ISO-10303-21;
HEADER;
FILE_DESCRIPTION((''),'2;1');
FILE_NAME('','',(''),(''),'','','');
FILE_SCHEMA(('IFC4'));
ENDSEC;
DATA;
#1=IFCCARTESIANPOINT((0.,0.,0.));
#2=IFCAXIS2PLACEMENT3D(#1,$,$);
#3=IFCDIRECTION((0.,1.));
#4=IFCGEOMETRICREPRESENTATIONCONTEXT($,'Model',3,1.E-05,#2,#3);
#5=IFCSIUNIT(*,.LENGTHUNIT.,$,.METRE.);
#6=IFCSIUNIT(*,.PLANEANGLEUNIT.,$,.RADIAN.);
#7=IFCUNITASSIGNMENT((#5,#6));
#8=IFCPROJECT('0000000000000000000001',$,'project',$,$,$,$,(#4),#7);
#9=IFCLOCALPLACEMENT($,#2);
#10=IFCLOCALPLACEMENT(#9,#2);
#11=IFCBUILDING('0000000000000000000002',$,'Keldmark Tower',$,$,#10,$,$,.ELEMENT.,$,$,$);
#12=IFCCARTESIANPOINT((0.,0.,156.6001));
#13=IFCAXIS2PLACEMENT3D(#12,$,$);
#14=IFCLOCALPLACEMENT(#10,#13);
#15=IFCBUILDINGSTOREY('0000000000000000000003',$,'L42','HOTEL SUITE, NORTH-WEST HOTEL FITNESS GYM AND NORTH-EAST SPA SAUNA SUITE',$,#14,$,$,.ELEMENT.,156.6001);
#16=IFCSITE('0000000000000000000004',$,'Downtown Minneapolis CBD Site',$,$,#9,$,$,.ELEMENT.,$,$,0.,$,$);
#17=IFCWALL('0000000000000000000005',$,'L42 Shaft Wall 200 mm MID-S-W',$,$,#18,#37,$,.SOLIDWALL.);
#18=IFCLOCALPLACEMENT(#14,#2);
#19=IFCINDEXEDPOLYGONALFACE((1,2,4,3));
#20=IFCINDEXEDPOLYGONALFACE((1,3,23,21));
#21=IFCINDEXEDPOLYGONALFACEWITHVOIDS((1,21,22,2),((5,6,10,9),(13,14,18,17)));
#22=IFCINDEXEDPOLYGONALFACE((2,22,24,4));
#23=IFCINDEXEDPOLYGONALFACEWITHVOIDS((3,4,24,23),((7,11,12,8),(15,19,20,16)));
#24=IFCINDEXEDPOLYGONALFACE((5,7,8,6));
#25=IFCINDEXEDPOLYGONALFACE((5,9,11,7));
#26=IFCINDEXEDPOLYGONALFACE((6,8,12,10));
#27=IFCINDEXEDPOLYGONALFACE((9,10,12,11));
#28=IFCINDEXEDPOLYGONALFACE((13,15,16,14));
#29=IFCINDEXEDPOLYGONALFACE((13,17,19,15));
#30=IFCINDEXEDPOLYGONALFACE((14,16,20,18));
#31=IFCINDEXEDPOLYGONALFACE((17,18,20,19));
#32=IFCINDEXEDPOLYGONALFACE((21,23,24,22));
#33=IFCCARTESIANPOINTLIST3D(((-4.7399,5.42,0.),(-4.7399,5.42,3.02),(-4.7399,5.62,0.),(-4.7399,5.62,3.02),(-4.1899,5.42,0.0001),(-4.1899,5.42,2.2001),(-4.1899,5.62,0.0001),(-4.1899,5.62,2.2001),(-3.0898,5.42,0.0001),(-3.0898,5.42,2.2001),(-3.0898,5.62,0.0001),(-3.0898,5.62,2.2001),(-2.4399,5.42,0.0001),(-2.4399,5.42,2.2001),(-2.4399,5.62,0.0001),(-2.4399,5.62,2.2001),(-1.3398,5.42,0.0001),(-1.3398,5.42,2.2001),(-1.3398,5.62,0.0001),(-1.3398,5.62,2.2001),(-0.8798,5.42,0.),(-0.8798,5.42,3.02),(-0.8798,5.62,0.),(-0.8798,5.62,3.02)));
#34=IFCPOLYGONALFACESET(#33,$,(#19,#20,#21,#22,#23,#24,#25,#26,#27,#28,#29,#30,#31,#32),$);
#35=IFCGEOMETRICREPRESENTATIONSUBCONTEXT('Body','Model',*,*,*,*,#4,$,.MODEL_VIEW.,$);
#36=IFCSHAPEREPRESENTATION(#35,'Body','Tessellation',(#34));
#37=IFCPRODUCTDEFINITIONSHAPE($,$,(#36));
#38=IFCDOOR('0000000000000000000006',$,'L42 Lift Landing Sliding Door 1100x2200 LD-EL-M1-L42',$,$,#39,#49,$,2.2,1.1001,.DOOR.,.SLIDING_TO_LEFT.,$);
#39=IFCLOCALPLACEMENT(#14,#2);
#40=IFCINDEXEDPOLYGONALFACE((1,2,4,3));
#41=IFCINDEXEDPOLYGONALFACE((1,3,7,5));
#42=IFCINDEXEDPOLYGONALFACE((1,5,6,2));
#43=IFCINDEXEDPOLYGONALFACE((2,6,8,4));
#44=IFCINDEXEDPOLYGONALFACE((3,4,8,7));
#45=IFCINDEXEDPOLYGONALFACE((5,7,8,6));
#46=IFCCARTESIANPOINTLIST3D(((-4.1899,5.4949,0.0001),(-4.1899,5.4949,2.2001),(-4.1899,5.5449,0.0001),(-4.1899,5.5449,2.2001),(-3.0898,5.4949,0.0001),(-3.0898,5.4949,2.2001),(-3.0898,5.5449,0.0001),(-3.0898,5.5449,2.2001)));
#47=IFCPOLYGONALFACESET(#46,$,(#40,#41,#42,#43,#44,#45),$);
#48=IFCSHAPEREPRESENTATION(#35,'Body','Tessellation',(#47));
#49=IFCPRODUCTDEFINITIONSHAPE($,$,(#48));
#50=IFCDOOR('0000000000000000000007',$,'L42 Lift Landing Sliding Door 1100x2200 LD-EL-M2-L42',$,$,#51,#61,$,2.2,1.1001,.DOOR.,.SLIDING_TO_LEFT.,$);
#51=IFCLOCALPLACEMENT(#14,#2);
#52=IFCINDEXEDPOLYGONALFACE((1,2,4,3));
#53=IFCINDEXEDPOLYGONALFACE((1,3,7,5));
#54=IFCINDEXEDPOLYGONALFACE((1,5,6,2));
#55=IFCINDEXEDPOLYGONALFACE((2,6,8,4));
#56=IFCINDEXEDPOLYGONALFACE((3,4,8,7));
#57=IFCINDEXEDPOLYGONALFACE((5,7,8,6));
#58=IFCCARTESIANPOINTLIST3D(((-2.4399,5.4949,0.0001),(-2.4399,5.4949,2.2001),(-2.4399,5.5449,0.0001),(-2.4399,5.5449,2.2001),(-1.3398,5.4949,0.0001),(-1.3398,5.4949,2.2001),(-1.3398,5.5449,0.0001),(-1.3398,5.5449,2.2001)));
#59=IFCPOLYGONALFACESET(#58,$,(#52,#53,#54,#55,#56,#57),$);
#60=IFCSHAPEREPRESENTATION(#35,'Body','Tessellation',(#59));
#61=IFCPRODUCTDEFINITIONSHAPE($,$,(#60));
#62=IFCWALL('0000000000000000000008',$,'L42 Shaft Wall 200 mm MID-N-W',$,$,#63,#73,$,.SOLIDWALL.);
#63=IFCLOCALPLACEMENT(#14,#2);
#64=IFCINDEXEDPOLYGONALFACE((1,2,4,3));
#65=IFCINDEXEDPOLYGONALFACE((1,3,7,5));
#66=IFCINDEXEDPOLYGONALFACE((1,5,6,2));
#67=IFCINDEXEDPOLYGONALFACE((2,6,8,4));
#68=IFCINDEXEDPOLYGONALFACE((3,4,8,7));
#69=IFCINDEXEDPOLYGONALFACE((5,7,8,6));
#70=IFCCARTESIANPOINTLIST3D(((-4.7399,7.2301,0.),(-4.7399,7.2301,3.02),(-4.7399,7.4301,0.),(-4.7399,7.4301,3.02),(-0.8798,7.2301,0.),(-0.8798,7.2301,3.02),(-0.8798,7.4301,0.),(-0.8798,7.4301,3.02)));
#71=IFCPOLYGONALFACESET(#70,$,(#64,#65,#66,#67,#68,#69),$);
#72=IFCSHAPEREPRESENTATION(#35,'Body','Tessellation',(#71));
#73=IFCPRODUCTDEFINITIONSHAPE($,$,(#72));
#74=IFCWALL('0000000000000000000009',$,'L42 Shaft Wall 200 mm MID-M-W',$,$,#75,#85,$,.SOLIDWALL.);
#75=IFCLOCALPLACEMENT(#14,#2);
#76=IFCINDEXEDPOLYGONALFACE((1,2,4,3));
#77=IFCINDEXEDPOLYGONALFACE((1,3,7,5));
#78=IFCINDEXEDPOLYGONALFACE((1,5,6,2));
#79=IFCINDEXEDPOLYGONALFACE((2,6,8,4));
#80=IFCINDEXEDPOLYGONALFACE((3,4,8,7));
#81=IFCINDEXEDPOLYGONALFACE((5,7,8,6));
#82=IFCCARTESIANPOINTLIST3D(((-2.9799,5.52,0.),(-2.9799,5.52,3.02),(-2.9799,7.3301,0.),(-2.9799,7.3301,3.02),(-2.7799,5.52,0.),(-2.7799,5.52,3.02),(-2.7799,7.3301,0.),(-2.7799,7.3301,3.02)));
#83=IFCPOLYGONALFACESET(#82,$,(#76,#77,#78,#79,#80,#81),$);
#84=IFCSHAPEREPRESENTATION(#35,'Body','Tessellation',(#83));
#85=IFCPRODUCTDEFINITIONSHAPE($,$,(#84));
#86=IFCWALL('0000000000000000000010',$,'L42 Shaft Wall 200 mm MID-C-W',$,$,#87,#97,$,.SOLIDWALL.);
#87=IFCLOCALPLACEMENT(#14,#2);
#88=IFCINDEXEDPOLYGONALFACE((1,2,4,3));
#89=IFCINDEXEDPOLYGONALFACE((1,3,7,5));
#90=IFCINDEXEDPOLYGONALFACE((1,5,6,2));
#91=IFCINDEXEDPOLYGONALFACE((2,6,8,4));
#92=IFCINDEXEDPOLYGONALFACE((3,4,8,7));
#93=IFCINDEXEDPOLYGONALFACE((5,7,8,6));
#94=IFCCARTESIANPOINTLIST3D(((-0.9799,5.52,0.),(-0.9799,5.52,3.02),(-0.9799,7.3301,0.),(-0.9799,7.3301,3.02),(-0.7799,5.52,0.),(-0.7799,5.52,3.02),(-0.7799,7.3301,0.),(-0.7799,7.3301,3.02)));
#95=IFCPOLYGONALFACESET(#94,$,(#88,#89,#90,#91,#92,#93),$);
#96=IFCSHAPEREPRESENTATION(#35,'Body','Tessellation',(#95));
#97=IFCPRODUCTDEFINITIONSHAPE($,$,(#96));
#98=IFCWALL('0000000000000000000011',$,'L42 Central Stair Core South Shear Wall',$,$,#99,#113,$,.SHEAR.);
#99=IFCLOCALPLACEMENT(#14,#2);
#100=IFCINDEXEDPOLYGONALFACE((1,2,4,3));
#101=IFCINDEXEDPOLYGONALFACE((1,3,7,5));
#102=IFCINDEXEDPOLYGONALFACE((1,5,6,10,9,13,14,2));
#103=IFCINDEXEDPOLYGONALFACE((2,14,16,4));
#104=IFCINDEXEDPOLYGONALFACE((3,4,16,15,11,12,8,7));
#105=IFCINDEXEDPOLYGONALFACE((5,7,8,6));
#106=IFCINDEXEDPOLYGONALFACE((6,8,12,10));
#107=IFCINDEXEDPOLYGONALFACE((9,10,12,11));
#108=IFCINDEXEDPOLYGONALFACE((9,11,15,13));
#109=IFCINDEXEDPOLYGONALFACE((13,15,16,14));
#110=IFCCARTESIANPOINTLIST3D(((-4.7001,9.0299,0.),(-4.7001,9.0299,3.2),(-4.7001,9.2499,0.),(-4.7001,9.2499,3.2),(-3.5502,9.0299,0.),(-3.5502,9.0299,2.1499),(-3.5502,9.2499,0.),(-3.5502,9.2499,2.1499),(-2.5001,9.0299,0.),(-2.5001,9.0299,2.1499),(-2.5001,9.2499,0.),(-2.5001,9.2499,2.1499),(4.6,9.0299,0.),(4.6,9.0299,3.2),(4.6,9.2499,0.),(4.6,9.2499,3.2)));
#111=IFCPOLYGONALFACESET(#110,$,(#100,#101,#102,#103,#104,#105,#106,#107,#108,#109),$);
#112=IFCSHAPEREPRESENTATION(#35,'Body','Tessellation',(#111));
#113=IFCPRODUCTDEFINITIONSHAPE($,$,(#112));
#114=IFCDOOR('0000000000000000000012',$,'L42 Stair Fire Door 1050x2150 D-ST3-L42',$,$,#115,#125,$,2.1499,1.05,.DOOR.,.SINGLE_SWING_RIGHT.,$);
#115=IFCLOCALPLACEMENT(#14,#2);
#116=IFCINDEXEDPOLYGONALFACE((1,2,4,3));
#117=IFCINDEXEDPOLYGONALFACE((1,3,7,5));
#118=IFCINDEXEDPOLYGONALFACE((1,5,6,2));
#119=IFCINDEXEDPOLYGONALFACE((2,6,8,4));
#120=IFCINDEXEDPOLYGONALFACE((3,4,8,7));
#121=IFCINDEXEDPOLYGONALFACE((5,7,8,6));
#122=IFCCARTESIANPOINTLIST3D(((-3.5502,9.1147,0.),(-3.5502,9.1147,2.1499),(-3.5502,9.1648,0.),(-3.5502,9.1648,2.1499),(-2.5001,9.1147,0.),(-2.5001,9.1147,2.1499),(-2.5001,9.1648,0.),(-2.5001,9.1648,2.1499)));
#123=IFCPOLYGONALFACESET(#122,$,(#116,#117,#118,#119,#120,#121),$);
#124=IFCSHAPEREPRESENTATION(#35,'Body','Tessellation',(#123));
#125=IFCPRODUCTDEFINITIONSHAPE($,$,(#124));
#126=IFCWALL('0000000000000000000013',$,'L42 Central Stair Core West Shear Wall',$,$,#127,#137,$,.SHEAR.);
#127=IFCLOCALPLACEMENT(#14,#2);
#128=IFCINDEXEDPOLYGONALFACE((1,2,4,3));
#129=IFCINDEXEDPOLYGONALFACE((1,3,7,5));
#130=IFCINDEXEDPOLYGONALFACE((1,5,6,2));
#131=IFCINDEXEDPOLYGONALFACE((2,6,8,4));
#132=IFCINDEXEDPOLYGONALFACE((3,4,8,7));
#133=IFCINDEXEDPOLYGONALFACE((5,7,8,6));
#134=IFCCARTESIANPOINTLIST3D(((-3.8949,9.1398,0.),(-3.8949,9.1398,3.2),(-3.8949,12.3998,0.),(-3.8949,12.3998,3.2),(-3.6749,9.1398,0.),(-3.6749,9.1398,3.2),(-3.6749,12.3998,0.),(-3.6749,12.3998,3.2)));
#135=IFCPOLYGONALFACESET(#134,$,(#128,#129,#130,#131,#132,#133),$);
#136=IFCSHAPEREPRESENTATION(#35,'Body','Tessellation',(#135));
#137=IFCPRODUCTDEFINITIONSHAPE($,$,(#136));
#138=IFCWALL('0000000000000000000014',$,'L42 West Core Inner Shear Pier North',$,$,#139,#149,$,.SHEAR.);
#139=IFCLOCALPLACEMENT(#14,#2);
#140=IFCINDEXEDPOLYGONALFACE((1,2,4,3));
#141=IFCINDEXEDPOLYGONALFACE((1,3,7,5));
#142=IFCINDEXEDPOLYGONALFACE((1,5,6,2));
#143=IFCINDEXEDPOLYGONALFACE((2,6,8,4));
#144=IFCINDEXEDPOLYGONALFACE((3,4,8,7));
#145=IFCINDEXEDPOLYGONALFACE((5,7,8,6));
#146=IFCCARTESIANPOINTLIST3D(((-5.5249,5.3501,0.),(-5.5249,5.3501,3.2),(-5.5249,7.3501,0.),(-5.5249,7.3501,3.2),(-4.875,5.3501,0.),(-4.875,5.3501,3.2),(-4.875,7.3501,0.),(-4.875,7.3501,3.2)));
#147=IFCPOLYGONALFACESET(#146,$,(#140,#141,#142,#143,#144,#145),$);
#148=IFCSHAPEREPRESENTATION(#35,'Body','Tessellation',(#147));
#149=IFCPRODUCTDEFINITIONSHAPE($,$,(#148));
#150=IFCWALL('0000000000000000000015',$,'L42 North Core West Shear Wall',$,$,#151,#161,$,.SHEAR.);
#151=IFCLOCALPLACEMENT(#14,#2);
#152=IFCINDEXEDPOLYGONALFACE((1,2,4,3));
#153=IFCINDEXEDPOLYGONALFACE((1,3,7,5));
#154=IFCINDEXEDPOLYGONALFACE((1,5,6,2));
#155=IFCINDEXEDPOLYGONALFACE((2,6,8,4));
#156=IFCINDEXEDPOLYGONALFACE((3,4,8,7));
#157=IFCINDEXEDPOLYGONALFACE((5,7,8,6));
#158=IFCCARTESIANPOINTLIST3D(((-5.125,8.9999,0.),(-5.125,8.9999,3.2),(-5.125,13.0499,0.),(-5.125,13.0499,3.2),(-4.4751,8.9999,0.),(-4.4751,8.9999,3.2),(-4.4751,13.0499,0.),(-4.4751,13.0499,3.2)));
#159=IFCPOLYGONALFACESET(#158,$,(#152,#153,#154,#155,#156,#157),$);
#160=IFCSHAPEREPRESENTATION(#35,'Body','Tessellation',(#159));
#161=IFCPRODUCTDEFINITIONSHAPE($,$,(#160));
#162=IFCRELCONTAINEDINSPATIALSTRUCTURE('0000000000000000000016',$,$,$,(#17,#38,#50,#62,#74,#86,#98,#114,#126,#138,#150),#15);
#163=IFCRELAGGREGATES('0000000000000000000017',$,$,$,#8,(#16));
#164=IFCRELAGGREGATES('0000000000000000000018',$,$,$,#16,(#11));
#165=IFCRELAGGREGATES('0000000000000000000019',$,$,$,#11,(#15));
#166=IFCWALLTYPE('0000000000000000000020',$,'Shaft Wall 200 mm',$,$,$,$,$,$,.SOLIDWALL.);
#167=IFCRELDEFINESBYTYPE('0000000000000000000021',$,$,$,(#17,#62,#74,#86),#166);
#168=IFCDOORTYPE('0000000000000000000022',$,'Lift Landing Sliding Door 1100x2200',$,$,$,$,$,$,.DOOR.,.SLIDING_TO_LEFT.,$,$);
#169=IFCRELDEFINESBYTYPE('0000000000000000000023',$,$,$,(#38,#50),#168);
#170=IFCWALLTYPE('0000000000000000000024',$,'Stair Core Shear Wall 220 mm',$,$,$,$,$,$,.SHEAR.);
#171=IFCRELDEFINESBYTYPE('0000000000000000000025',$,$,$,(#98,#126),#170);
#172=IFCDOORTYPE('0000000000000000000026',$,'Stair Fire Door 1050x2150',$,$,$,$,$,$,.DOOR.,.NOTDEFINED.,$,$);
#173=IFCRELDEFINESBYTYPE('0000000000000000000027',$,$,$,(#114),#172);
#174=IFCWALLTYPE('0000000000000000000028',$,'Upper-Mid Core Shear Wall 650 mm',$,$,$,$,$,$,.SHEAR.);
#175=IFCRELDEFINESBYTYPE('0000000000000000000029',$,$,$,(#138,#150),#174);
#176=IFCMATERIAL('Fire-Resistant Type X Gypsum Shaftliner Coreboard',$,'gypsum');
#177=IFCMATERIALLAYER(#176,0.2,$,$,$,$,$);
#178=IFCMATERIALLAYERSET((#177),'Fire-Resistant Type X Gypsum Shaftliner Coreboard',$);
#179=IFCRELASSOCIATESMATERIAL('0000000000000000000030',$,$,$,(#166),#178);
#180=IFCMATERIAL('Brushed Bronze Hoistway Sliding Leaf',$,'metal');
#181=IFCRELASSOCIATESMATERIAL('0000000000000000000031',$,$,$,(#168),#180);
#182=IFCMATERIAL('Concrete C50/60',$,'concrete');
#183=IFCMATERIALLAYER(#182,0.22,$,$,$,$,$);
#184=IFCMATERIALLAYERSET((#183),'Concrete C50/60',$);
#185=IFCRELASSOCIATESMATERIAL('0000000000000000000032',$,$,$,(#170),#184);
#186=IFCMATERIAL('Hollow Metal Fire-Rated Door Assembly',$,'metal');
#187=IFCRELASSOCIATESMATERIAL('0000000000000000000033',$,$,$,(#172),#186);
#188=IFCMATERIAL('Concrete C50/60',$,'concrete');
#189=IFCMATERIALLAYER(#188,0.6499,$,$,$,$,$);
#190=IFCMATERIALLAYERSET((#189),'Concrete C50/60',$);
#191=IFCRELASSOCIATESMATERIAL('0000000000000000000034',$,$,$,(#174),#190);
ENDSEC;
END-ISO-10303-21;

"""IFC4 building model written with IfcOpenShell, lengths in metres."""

from ifc_helpers import new_model, si_unit, direction, frame, frame_2d, origin, place, context, subcontext, project, spatial, rectangle, extrude, material, layer, layer_set, type_object, element, fill, save


model = new_model("IFC4")

# Units and contexts
model_context = context("Model", 3, precision=1e-05, world=origin(), true_north=direction((0.0, 1.0)))
body_context = subcontext(model_context, "Body", "Model", "MODEL_VIEW")
ifc_project = project(units=[si_unit("LENGTHUNIT", "METRE"), si_unit("PLANEANGLEUNIT", "RADIAN")], contexts=[model_context])

# Site, building, storey
site_placement = place(None, origin())
site = spatial("IfcSite", under=ifc_project, at=site_placement, Name="Downtown Minneapolis CBD Site", CompositionType="ELEMENT", RefElevation=0.0)
building_placement = place(site_placement, origin())
building = spatial("IfcBuilding", under=site, at=building_placement, Name="Keldmark Tower", CompositionType="ELEMENT")
storey_placement = place(building_placement, frame((0.0, 0.0, 156.6001)))
storey = spatial("IfcBuildingStorey", under=building, at=storey_placement, Name="L42", Description="HOTEL SUITE, NORTH-WEST HOTEL FITNESS GYM AND NORTH-EAST SPA SAUNA SUITE", CompositionType="ELEMENT", Elevation=156.6001)

# Wall, openings, doors
ifc_material_1 = material(Name="Fire-Resistant Type X Gypsum Shaftliner Coreboard", Category="gypsum")
ifc_layer_1 = layer(ifc_material_1, 0.2)
ifc_layer_set_1 = layer_set([ifc_layer_1], Name="Fire-Resistant Type X Gypsum Shaftliner Coreboard")
wall_type_1 = type_object("IfcWallType", Name="Shaft Wall 200 mm", PredefinedType="SOLIDWALL", material=ifc_layer_set_1)
wall_1_placement = place(storey_placement, frame((-4.74, 5.52, 0.0), z_axis=(0.0, 0.0, 1.0), x_axis=(1.0, 0.0, 0.0)))
wall_1 = element("IfcWall", 1, at=wall_1_placement, inside=storey, type_object=wall_type_1, Name="L42 Shaft Wall 200 mm MID-S-W", PredefinedType="SOLIDWALL", context=body_context, shape_type="SweptSolid", body=[
    extrude(rectangle(XDim=3.8601, YDim=0.2, at=frame_2d((1.9302, 0.0))), origin(), (0.0, 0.0, 1.0), 3.02),
])
opening_1_placement = place(wall_1_placement, frame((0.55, 0.0, 0.0)))
opening_1 = element("IfcOpeningElement", 2, at=opening_1_placement, cuts=wall_1, PredefinedType="OPENING", context=body_context, shape_type="SweptSolid", body=[
    extrude(rectangle(XDim=1.1001, YDim=2.2, at=frame_2d((0.55, 1.1001))), frame((0.0, 0.1099, 0.0), z_axis=(0.0, -1.0, 0.0), x_axis=(1.0, 0.0, 0.0)), (0.0, 0.0, 1.0), 0.22),
])
opening_2_placement = place(wall_1_placement, frame((2.3, 0.0, 0.0)))
opening_2 = element("IfcOpeningElement", 3, at=opening_2_placement, cuts=wall_1, PredefinedType="OPENING", context=body_context, shape_type="SweptSolid", body=[
    extrude(rectangle(XDim=1.1001, YDim=2.2, at=frame_2d((0.55, 1.1001))), frame((0.0, 0.1099, 0.0), z_axis=(0.0, -1.0, 0.0), x_axis=(1.0, 0.0, 0.0)), (0.0, 0.0, 1.0), 0.22),
])
ifc_material_2 = material(Name="Brushed Bronze Hoistway Sliding Leaf", Category="metal")
door_type_1 = type_object("IfcDoorType", Name="Lift Landing Sliding Door 1100x2200", OperationType="SLIDING_TO_LEFT", PredefinedType="DOOR", material=ifc_material_2)
door_1_placement = place(opening_1_placement, origin())
door_1 = element("IfcDoor", 4, at=door_1_placement, inside=storey, type_object=door_type_1, Name="L42 Lift Landing Sliding Door 1100x2200 LD-EL-M1-L42", OperationType="SLIDING_TO_LEFT", OverallHeight=2.2, OverallWidth=1.1001, PredefinedType="DOOR", context=body_context, shape_type="SweptSolid", body=[
    extrude(rectangle(XDim=1.1001, YDim=2.2, at=frame_2d((0.55, 1.1001))), frame((0.0, 0.0249, 0.0), z_axis=(0.0, -1.0, 0.0), x_axis=(1.0, 0.0, 0.0)), (0.0, 0.0, 1.0), 0.05),
])
fill(opening_1, door_1)
door_2_placement = place(opening_2_placement, origin())
door_2 = element("IfcDoor", 5, at=door_2_placement, inside=storey, type_object=door_type_1, Name="L42 Lift Landing Sliding Door 1100x2200 LD-EL-M2-L42", OperationType="SLIDING_TO_LEFT", OverallHeight=2.2, OverallWidth=1.1001, PredefinedType="DOOR", context=body_context, shape_type="SweptSolid", body=[
    extrude(rectangle(XDim=1.1001, YDim=2.2, at=frame_2d((0.55, 1.1001))), frame((0.0, 0.0249, 0.0), z_axis=(0.0, -1.0, 0.0), x_axis=(1.0, 0.0, 0.0)), (0.0, 0.0, 1.0), 0.05),
])
fill(opening_2, door_2)

# Walls
wall_2_placement = place(storey_placement, frame((-4.74, 7.3301, 0.0), z_axis=(0.0, 0.0, 1.0), x_axis=(1.0, 0.0, 0.0)))
element("IfcWall", 6, at=wall_2_placement, inside=storey, type_object=wall_type_1, Name="L42 Shaft Wall 200 mm MID-N-W", PredefinedType="SOLIDWALL", context=body_context, shape_type="SweptSolid", body=[
    extrude(rectangle(XDim=3.8601, YDim=0.2, at=frame_2d((1.9302, 0.0))), origin(), (0.0, 0.0, 1.0), 3.02),
])
for number, where, z_axis, x_axis, name in (
    (7, (-2.8799, 5.52, 0.0), (0.0, 0.0, 1.0), (0.0, 1.0, 0.0), "L42 Shaft Wall 200 mm MID-M-W"),
    (8, (-0.8799, 5.52, 0.0), (0.0, 0.0, 1.0), (0.0, 1.0, 0.0), "L42 Shaft Wall 200 mm MID-C-W"),
):
    element("IfcWall", number, at=place(storey_placement, frame(where, z_axis=z_axis, x_axis=x_axis)), inside=storey, type_object=wall_type_1, Name=name, PredefinedType="SOLIDWALL", context=body_context, shape_type="SweptSolid", body=[
        extrude(rectangle(XDim=1.8101, YDim=0.2, at=frame_2d((0.905, 0.0))), origin(), (0.0, 0.0, 1.0), 3.02),
    ])

# Wall, opening, door
ifc_material_3 = material(Name="Concrete C50/60", Category="concrete")
ifc_layer_2 = layer(ifc_material_3, 0.22)
ifc_layer_set_2 = layer_set([ifc_layer_2], Name="Concrete C50/60")
wall_type_2 = type_object("IfcWallType", Name="Stair Core Shear Wall 220 mm", PredefinedType="SHEAR", material=ifc_layer_set_2)
wall_3_placement = place(storey_placement, frame((-4.7, 9.1399, 0.0), z_axis=(0.0, 0.0, 1.0), x_axis=(1.0, 0.0, 0.0)))
wall_3 = element("IfcWall", 9, at=wall_3_placement, inside=storey, type_object=wall_type_2, Name="L42 Central Stair Core South Shear Wall", PredefinedType="SHEAR", context=body_context, shape_type="SweptSolid", body=[
    extrude(rectangle(XDim=9.3, YDim=0.22, at=frame_2d((4.6499, 0.0))), origin(), (0.0, 0.0, 1.0), 3.2),
])
opening_3_placement = place(wall_3_placement, frame((1.1499, 0.0, 0.0)))
opening_3 = element("IfcOpeningElement", 10, at=opening_3_placement, cuts=wall_3, PredefinedType="OPENING", context=body_context, shape_type="SweptSolid", body=[
    extrude(rectangle(XDim=1.05, YDim=2.1499, at=frame_2d((0.5249, 1.075))), frame((0.0, 0.1199, 0.0), z_axis=(0.0, -1.0, 0.0), x_axis=(1.0, 0.0, 0.0)), (0.0, 0.0, 1.0), 0.24),
])
ifc_material_4 = material(Name="Hollow Metal Fire-Rated Door Assembly", Category="metal")
door_type_2 = type_object("IfcDoorType", Name="Stair Fire Door 1050x2150", OperationType="NOTDEFINED", PredefinedType="DOOR", material=ifc_material_4)
door_3_placement = place(opening_3_placement, origin())
door_3 = element("IfcDoor", 11, at=door_3_placement, inside=storey, type_object=door_type_2, Name="L42 Stair Fire Door 1050x2150 D-ST3-L42", OperationType="SINGLE_SWING_RIGHT", OverallHeight=2.1499, OverallWidth=1.05, PredefinedType="DOOR", context=body_context, shape_type="SweptSolid", body=[
    extrude(rectangle(XDim=1.05, YDim=2.1499, at=frame_2d((0.5249, 1.075))), frame((0.0, 0.0249, 0.0), z_axis=(0.0, -1.0, 0.0), x_axis=(1.0, 0.0, 0.0)), (0.0, 0.0, 1.0), 0.05),
])
fill(opening_3, door_3)

# Wall
wall_4_placement = place(storey_placement, frame((-3.7849, 9.1399, 0.0), z_axis=(0.0, 0.0, 1.0), x_axis=(0.0, 1.0, 0.0)))
element("IfcWall", 12, at=wall_4_placement, inside=storey, type_object=wall_type_2, Name="L42 Central Stair Core West Shear Wall", PredefinedType="SHEAR", context=body_context, shape_type="SweptSolid", body=[
    extrude(rectangle(XDim=3.26, YDim=0.22, at=frame_2d((1.6299, 0.0))), origin(), (0.0, 0.0, 1.0), 3.2),
])

# Shared definitions
ifc_material_5 = material(Name="Concrete C50/60", Category="concrete")
ifc_layer_3 = layer(ifc_material_5, 0.6499)
ifc_layer_set_3 = layer_set([ifc_layer_3], Name="Concrete C50/60")
wall_type_3 = type_object("IfcWallType", Name="Upper-Mid Core Shear Wall 650 mm", PredefinedType="SHEAR", material=ifc_layer_set_3)

# Walls
wall_5_placement = place(storey_placement, frame((-5.2, 5.3501, 0.0), z_axis=(0.0, 0.0, 1.0), x_axis=(0.0, 1.0, 0.0)))
element("IfcWall", 13, at=wall_5_placement, inside=storey, type_object=wall_type_3, Name="L42 West Core Inner Shear Pier North", PredefinedType="SHEAR", context=body_context, shape_type="SweptSolid", body=[
    extrude(rectangle(XDim=2.0, YDim=0.6499, at=frame_2d((1.0, 0.0))), origin(), (0.0, 0.0, 1.0), 3.2),
])
wall_6_placement = place(storey_placement, frame((-4.8, 9.0, 0.0), z_axis=(0.0, 0.0, 1.0), x_axis=(0.0, 1.0, 0.0)))
element("IfcWall", 14, at=wall_6_placement, inside=storey, type_object=wall_type_3, Name="L42 North Core West Shear Wall", PredefinedType="SHEAR", context=body_context, shape_type="SweptSolid", body=[
    extrude(rectangle(XDim=4.05, YDim=0.6499, at=frame_2d((2.0249, 0.0))), origin(), (0.0, 0.0, 1.0), 3.2),
])

save(model, "model.ifc")
